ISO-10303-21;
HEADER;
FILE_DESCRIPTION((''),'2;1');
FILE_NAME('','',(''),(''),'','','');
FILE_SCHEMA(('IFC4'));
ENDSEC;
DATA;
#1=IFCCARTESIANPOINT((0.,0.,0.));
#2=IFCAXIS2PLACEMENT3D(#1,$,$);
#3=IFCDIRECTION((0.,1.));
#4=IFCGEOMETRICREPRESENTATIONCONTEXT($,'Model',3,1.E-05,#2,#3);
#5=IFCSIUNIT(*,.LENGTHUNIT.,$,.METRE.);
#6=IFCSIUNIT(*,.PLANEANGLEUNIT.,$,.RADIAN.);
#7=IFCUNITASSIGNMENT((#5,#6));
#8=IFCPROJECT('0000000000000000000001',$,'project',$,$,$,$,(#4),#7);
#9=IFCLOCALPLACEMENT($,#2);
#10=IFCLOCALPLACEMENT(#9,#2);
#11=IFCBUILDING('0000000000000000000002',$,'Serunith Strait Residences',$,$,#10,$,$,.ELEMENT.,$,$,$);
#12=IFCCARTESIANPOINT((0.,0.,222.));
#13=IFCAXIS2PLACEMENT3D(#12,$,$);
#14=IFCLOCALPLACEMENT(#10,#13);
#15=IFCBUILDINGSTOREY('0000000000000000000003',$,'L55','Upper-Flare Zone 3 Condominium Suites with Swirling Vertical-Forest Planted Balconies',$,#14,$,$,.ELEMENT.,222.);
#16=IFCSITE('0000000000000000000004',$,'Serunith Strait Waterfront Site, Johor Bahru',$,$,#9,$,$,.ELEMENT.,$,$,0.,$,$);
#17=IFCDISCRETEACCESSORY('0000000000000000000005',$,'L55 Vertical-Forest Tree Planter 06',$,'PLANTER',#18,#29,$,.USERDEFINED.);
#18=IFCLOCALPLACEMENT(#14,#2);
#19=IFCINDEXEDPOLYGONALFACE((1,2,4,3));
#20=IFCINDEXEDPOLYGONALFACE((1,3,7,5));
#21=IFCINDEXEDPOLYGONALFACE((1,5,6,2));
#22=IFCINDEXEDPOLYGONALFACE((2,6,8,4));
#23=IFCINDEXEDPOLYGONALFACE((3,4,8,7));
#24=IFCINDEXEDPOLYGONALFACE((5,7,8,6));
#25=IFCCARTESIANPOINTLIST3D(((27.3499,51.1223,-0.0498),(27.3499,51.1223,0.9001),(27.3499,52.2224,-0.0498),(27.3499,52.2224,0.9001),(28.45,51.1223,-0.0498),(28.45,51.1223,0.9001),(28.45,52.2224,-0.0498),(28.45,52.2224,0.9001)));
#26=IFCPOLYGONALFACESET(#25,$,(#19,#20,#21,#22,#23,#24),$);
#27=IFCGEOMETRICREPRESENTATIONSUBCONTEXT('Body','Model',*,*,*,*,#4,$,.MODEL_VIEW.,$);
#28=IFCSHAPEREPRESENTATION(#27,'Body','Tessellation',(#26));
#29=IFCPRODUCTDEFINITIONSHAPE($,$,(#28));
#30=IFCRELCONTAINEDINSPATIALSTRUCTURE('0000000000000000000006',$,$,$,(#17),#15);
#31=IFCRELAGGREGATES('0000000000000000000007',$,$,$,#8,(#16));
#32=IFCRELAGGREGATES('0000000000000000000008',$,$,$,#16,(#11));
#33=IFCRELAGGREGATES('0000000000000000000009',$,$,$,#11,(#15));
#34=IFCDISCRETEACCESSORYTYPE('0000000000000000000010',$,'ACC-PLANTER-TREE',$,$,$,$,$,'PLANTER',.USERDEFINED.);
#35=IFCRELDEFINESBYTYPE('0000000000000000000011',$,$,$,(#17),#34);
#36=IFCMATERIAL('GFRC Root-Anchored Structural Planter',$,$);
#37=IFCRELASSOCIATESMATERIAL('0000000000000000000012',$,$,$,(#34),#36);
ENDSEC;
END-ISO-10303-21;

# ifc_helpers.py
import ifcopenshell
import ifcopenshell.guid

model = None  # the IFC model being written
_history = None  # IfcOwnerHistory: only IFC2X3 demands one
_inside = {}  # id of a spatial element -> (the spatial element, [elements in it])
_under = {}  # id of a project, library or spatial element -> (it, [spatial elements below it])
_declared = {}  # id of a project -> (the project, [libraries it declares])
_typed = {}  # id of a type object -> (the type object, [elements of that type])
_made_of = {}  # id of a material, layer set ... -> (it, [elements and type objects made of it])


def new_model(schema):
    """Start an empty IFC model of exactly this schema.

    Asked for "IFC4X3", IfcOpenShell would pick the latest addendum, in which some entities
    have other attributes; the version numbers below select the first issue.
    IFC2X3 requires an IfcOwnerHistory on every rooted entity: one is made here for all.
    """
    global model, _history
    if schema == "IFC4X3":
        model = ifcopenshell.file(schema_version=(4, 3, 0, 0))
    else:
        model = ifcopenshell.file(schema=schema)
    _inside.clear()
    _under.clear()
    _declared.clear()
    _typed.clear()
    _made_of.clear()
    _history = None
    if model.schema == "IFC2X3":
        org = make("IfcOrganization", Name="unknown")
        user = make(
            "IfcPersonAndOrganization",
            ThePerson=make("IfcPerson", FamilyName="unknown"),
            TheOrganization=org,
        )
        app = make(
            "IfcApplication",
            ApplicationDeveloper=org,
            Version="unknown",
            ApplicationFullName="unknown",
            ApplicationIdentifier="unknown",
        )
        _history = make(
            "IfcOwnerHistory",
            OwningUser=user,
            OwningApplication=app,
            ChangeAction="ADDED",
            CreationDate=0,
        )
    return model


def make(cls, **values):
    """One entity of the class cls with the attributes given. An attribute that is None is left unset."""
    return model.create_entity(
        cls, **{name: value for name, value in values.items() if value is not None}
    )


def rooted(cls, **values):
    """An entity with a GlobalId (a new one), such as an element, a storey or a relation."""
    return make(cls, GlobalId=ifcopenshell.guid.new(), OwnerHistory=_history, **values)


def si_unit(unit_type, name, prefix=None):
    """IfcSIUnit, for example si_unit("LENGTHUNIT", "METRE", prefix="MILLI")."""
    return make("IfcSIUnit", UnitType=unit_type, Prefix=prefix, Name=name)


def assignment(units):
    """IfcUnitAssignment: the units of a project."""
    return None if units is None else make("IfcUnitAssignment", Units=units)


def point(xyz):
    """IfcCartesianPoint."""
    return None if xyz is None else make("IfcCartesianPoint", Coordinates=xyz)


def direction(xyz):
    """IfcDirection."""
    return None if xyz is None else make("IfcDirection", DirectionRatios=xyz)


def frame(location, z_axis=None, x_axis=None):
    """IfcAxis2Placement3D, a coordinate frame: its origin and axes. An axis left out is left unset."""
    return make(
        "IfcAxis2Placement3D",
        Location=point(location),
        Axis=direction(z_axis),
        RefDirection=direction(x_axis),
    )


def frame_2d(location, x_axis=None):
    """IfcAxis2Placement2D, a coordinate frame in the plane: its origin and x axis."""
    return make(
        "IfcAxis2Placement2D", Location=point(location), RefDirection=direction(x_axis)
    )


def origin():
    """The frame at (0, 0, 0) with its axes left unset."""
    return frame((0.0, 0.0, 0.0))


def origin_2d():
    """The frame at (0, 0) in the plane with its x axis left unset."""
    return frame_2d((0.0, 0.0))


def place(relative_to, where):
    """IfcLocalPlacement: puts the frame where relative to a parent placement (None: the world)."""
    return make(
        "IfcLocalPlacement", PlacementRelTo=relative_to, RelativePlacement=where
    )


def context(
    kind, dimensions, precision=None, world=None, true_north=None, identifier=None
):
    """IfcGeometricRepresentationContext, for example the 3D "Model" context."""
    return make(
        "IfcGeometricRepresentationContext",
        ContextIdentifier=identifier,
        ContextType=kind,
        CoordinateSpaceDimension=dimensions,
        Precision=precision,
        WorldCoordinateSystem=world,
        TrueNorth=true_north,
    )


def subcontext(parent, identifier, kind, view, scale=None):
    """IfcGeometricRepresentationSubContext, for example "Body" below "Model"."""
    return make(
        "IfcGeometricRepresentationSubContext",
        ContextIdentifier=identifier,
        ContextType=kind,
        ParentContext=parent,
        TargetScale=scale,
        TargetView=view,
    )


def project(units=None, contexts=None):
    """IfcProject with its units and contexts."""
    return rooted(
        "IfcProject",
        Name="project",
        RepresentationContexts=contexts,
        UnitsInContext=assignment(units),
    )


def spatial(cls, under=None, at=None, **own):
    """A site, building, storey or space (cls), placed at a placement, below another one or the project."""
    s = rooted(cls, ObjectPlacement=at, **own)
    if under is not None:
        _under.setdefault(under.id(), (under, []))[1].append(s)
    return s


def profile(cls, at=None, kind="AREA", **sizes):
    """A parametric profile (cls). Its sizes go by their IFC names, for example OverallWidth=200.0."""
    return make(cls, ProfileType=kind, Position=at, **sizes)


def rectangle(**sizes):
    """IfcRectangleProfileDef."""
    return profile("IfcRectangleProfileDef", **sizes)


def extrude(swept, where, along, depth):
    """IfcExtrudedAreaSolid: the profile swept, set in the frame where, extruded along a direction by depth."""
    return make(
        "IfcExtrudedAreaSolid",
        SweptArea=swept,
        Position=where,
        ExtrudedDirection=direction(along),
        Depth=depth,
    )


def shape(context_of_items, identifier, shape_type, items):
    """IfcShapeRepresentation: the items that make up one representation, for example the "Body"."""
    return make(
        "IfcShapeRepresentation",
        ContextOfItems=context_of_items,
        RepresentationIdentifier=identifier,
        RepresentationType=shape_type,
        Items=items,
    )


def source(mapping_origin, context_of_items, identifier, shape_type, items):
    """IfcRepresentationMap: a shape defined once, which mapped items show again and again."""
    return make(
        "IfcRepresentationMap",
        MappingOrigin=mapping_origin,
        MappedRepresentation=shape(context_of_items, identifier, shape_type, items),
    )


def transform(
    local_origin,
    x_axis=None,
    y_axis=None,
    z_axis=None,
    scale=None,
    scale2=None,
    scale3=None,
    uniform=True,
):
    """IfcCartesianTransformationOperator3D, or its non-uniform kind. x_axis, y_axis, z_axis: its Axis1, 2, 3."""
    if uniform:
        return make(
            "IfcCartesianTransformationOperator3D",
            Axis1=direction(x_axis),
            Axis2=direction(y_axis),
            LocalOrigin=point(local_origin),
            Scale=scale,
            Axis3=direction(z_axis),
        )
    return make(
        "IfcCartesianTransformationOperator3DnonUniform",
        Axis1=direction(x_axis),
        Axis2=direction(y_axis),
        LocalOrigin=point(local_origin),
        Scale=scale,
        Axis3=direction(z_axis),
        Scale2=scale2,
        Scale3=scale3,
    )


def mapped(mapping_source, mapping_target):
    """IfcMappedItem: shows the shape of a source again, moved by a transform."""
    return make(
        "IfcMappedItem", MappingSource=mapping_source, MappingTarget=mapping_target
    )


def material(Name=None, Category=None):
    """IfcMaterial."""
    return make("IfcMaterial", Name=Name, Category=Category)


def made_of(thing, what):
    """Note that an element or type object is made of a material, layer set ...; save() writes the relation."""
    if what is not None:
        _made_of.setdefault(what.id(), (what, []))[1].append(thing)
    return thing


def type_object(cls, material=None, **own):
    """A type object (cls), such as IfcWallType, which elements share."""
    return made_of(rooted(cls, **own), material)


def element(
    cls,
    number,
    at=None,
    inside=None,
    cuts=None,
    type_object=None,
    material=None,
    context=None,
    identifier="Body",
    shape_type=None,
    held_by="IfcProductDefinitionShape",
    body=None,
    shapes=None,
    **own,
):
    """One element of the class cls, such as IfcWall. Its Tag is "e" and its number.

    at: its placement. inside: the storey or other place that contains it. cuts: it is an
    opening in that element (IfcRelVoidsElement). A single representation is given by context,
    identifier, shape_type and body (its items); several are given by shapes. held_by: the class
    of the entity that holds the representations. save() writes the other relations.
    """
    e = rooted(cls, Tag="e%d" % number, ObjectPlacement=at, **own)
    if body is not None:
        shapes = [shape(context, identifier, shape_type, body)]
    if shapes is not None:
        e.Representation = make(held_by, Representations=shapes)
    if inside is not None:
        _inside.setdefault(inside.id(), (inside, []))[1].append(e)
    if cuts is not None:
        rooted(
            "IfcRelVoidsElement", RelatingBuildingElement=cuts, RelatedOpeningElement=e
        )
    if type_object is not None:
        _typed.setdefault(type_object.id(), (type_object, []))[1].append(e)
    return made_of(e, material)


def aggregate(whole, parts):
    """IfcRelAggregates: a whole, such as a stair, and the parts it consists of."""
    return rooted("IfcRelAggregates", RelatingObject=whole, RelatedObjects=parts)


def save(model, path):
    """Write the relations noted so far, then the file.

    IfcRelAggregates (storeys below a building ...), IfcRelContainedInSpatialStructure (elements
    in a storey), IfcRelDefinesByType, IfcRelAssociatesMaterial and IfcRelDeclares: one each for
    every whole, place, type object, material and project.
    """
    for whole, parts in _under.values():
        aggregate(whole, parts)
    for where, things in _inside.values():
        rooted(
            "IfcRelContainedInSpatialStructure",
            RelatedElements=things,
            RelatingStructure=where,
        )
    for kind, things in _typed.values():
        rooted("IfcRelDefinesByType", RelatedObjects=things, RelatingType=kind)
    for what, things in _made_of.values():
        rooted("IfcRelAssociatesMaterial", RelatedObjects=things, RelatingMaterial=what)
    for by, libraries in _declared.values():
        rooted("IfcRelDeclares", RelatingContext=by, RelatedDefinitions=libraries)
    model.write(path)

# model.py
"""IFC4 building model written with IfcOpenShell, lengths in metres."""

from ifc_helpers import new_model, si_unit, direction, frame, origin, origin_2d, place, context, subcontext, project, spatial, rectangle, extrude, source, transform, mapped, material, type_object, element, save


model = new_model("IFC4")

# Units and contexts
model_context = context("Model", 3, precision=1e-05, world=origin(), true_north=direction((0.0, 1.0)))
body_context = subcontext(model_context, "Body", "Model", "MODEL_VIEW")
ifc_project = project(units=[si_unit("LENGTHUNIT", "METRE"), si_unit("PLANEANGLEUNIT", "RADIAN")], contexts=[model_context])

# Site, building, storey
site_placement = place(None, origin())
site = spatial("IfcSite", under=ifc_project, at=site_placement, Name="Serunith Strait Waterfront Site, Johor Bahru", CompositionType="ELEMENT", RefElevation=0.0)
building_placement = place(site_placement, origin())
building = spatial("IfcBuilding", under=site, at=building_placement, Name="Serunith Strait Residences", CompositionType="ELEMENT")
storey_placement = place(building_placement, frame((0.0, 0.0, 222.0)))
storey = spatial("IfcBuildingStorey", under=building, at=storey_placement, Name="L55", Description="Upper-Flare Zone 3 Condominium Suites with Swirling Vertical-Forest Planted Balconies", CompositionType="ELEMENT", Elevation=222.0)

# Discrete accessory
ifc_material_1 = material(Name="GFRC Root-Anchored Structural Planter")
discrete_accessory_type = type_object("IfcDiscreteAccessoryType", Name="ACC-PLANTER-TREE", ElementType="PLANTER", PredefinedType="USERDEFINED", material=ifc_material_1)
shared_shape_1 = source(origin(), body_context, "Body", "SweptSolid", [
    extrude(rectangle(XDim=1.1001, YDim=1.1001, at=origin_2d()), origin(), (0.0, 0.0, 1.0), 0.95),
])
discrete_accessory_placement = place(storey_placement, frame((27.8999, 51.6724, -0.0498), z_axis=(0.0, 0.0, 1.0), x_axis=(-1.0, 0.0, 0.0)))
element("IfcDiscreteAccessory", 1, at=discrete_accessory_placement, inside=storey, type_object=discrete_accessory_type, Name="L55 Vertical-Forest Tree Planter 06", ObjectType="PLANTER", PredefinedType="USERDEFINED", context=body_context, shape_type="MappedRepresentation", body=[
    mapped(shared_shape_1, transform((0.0, 0.0, 0.0), scale=1.0)),
])

save(model, "model.ifc")
